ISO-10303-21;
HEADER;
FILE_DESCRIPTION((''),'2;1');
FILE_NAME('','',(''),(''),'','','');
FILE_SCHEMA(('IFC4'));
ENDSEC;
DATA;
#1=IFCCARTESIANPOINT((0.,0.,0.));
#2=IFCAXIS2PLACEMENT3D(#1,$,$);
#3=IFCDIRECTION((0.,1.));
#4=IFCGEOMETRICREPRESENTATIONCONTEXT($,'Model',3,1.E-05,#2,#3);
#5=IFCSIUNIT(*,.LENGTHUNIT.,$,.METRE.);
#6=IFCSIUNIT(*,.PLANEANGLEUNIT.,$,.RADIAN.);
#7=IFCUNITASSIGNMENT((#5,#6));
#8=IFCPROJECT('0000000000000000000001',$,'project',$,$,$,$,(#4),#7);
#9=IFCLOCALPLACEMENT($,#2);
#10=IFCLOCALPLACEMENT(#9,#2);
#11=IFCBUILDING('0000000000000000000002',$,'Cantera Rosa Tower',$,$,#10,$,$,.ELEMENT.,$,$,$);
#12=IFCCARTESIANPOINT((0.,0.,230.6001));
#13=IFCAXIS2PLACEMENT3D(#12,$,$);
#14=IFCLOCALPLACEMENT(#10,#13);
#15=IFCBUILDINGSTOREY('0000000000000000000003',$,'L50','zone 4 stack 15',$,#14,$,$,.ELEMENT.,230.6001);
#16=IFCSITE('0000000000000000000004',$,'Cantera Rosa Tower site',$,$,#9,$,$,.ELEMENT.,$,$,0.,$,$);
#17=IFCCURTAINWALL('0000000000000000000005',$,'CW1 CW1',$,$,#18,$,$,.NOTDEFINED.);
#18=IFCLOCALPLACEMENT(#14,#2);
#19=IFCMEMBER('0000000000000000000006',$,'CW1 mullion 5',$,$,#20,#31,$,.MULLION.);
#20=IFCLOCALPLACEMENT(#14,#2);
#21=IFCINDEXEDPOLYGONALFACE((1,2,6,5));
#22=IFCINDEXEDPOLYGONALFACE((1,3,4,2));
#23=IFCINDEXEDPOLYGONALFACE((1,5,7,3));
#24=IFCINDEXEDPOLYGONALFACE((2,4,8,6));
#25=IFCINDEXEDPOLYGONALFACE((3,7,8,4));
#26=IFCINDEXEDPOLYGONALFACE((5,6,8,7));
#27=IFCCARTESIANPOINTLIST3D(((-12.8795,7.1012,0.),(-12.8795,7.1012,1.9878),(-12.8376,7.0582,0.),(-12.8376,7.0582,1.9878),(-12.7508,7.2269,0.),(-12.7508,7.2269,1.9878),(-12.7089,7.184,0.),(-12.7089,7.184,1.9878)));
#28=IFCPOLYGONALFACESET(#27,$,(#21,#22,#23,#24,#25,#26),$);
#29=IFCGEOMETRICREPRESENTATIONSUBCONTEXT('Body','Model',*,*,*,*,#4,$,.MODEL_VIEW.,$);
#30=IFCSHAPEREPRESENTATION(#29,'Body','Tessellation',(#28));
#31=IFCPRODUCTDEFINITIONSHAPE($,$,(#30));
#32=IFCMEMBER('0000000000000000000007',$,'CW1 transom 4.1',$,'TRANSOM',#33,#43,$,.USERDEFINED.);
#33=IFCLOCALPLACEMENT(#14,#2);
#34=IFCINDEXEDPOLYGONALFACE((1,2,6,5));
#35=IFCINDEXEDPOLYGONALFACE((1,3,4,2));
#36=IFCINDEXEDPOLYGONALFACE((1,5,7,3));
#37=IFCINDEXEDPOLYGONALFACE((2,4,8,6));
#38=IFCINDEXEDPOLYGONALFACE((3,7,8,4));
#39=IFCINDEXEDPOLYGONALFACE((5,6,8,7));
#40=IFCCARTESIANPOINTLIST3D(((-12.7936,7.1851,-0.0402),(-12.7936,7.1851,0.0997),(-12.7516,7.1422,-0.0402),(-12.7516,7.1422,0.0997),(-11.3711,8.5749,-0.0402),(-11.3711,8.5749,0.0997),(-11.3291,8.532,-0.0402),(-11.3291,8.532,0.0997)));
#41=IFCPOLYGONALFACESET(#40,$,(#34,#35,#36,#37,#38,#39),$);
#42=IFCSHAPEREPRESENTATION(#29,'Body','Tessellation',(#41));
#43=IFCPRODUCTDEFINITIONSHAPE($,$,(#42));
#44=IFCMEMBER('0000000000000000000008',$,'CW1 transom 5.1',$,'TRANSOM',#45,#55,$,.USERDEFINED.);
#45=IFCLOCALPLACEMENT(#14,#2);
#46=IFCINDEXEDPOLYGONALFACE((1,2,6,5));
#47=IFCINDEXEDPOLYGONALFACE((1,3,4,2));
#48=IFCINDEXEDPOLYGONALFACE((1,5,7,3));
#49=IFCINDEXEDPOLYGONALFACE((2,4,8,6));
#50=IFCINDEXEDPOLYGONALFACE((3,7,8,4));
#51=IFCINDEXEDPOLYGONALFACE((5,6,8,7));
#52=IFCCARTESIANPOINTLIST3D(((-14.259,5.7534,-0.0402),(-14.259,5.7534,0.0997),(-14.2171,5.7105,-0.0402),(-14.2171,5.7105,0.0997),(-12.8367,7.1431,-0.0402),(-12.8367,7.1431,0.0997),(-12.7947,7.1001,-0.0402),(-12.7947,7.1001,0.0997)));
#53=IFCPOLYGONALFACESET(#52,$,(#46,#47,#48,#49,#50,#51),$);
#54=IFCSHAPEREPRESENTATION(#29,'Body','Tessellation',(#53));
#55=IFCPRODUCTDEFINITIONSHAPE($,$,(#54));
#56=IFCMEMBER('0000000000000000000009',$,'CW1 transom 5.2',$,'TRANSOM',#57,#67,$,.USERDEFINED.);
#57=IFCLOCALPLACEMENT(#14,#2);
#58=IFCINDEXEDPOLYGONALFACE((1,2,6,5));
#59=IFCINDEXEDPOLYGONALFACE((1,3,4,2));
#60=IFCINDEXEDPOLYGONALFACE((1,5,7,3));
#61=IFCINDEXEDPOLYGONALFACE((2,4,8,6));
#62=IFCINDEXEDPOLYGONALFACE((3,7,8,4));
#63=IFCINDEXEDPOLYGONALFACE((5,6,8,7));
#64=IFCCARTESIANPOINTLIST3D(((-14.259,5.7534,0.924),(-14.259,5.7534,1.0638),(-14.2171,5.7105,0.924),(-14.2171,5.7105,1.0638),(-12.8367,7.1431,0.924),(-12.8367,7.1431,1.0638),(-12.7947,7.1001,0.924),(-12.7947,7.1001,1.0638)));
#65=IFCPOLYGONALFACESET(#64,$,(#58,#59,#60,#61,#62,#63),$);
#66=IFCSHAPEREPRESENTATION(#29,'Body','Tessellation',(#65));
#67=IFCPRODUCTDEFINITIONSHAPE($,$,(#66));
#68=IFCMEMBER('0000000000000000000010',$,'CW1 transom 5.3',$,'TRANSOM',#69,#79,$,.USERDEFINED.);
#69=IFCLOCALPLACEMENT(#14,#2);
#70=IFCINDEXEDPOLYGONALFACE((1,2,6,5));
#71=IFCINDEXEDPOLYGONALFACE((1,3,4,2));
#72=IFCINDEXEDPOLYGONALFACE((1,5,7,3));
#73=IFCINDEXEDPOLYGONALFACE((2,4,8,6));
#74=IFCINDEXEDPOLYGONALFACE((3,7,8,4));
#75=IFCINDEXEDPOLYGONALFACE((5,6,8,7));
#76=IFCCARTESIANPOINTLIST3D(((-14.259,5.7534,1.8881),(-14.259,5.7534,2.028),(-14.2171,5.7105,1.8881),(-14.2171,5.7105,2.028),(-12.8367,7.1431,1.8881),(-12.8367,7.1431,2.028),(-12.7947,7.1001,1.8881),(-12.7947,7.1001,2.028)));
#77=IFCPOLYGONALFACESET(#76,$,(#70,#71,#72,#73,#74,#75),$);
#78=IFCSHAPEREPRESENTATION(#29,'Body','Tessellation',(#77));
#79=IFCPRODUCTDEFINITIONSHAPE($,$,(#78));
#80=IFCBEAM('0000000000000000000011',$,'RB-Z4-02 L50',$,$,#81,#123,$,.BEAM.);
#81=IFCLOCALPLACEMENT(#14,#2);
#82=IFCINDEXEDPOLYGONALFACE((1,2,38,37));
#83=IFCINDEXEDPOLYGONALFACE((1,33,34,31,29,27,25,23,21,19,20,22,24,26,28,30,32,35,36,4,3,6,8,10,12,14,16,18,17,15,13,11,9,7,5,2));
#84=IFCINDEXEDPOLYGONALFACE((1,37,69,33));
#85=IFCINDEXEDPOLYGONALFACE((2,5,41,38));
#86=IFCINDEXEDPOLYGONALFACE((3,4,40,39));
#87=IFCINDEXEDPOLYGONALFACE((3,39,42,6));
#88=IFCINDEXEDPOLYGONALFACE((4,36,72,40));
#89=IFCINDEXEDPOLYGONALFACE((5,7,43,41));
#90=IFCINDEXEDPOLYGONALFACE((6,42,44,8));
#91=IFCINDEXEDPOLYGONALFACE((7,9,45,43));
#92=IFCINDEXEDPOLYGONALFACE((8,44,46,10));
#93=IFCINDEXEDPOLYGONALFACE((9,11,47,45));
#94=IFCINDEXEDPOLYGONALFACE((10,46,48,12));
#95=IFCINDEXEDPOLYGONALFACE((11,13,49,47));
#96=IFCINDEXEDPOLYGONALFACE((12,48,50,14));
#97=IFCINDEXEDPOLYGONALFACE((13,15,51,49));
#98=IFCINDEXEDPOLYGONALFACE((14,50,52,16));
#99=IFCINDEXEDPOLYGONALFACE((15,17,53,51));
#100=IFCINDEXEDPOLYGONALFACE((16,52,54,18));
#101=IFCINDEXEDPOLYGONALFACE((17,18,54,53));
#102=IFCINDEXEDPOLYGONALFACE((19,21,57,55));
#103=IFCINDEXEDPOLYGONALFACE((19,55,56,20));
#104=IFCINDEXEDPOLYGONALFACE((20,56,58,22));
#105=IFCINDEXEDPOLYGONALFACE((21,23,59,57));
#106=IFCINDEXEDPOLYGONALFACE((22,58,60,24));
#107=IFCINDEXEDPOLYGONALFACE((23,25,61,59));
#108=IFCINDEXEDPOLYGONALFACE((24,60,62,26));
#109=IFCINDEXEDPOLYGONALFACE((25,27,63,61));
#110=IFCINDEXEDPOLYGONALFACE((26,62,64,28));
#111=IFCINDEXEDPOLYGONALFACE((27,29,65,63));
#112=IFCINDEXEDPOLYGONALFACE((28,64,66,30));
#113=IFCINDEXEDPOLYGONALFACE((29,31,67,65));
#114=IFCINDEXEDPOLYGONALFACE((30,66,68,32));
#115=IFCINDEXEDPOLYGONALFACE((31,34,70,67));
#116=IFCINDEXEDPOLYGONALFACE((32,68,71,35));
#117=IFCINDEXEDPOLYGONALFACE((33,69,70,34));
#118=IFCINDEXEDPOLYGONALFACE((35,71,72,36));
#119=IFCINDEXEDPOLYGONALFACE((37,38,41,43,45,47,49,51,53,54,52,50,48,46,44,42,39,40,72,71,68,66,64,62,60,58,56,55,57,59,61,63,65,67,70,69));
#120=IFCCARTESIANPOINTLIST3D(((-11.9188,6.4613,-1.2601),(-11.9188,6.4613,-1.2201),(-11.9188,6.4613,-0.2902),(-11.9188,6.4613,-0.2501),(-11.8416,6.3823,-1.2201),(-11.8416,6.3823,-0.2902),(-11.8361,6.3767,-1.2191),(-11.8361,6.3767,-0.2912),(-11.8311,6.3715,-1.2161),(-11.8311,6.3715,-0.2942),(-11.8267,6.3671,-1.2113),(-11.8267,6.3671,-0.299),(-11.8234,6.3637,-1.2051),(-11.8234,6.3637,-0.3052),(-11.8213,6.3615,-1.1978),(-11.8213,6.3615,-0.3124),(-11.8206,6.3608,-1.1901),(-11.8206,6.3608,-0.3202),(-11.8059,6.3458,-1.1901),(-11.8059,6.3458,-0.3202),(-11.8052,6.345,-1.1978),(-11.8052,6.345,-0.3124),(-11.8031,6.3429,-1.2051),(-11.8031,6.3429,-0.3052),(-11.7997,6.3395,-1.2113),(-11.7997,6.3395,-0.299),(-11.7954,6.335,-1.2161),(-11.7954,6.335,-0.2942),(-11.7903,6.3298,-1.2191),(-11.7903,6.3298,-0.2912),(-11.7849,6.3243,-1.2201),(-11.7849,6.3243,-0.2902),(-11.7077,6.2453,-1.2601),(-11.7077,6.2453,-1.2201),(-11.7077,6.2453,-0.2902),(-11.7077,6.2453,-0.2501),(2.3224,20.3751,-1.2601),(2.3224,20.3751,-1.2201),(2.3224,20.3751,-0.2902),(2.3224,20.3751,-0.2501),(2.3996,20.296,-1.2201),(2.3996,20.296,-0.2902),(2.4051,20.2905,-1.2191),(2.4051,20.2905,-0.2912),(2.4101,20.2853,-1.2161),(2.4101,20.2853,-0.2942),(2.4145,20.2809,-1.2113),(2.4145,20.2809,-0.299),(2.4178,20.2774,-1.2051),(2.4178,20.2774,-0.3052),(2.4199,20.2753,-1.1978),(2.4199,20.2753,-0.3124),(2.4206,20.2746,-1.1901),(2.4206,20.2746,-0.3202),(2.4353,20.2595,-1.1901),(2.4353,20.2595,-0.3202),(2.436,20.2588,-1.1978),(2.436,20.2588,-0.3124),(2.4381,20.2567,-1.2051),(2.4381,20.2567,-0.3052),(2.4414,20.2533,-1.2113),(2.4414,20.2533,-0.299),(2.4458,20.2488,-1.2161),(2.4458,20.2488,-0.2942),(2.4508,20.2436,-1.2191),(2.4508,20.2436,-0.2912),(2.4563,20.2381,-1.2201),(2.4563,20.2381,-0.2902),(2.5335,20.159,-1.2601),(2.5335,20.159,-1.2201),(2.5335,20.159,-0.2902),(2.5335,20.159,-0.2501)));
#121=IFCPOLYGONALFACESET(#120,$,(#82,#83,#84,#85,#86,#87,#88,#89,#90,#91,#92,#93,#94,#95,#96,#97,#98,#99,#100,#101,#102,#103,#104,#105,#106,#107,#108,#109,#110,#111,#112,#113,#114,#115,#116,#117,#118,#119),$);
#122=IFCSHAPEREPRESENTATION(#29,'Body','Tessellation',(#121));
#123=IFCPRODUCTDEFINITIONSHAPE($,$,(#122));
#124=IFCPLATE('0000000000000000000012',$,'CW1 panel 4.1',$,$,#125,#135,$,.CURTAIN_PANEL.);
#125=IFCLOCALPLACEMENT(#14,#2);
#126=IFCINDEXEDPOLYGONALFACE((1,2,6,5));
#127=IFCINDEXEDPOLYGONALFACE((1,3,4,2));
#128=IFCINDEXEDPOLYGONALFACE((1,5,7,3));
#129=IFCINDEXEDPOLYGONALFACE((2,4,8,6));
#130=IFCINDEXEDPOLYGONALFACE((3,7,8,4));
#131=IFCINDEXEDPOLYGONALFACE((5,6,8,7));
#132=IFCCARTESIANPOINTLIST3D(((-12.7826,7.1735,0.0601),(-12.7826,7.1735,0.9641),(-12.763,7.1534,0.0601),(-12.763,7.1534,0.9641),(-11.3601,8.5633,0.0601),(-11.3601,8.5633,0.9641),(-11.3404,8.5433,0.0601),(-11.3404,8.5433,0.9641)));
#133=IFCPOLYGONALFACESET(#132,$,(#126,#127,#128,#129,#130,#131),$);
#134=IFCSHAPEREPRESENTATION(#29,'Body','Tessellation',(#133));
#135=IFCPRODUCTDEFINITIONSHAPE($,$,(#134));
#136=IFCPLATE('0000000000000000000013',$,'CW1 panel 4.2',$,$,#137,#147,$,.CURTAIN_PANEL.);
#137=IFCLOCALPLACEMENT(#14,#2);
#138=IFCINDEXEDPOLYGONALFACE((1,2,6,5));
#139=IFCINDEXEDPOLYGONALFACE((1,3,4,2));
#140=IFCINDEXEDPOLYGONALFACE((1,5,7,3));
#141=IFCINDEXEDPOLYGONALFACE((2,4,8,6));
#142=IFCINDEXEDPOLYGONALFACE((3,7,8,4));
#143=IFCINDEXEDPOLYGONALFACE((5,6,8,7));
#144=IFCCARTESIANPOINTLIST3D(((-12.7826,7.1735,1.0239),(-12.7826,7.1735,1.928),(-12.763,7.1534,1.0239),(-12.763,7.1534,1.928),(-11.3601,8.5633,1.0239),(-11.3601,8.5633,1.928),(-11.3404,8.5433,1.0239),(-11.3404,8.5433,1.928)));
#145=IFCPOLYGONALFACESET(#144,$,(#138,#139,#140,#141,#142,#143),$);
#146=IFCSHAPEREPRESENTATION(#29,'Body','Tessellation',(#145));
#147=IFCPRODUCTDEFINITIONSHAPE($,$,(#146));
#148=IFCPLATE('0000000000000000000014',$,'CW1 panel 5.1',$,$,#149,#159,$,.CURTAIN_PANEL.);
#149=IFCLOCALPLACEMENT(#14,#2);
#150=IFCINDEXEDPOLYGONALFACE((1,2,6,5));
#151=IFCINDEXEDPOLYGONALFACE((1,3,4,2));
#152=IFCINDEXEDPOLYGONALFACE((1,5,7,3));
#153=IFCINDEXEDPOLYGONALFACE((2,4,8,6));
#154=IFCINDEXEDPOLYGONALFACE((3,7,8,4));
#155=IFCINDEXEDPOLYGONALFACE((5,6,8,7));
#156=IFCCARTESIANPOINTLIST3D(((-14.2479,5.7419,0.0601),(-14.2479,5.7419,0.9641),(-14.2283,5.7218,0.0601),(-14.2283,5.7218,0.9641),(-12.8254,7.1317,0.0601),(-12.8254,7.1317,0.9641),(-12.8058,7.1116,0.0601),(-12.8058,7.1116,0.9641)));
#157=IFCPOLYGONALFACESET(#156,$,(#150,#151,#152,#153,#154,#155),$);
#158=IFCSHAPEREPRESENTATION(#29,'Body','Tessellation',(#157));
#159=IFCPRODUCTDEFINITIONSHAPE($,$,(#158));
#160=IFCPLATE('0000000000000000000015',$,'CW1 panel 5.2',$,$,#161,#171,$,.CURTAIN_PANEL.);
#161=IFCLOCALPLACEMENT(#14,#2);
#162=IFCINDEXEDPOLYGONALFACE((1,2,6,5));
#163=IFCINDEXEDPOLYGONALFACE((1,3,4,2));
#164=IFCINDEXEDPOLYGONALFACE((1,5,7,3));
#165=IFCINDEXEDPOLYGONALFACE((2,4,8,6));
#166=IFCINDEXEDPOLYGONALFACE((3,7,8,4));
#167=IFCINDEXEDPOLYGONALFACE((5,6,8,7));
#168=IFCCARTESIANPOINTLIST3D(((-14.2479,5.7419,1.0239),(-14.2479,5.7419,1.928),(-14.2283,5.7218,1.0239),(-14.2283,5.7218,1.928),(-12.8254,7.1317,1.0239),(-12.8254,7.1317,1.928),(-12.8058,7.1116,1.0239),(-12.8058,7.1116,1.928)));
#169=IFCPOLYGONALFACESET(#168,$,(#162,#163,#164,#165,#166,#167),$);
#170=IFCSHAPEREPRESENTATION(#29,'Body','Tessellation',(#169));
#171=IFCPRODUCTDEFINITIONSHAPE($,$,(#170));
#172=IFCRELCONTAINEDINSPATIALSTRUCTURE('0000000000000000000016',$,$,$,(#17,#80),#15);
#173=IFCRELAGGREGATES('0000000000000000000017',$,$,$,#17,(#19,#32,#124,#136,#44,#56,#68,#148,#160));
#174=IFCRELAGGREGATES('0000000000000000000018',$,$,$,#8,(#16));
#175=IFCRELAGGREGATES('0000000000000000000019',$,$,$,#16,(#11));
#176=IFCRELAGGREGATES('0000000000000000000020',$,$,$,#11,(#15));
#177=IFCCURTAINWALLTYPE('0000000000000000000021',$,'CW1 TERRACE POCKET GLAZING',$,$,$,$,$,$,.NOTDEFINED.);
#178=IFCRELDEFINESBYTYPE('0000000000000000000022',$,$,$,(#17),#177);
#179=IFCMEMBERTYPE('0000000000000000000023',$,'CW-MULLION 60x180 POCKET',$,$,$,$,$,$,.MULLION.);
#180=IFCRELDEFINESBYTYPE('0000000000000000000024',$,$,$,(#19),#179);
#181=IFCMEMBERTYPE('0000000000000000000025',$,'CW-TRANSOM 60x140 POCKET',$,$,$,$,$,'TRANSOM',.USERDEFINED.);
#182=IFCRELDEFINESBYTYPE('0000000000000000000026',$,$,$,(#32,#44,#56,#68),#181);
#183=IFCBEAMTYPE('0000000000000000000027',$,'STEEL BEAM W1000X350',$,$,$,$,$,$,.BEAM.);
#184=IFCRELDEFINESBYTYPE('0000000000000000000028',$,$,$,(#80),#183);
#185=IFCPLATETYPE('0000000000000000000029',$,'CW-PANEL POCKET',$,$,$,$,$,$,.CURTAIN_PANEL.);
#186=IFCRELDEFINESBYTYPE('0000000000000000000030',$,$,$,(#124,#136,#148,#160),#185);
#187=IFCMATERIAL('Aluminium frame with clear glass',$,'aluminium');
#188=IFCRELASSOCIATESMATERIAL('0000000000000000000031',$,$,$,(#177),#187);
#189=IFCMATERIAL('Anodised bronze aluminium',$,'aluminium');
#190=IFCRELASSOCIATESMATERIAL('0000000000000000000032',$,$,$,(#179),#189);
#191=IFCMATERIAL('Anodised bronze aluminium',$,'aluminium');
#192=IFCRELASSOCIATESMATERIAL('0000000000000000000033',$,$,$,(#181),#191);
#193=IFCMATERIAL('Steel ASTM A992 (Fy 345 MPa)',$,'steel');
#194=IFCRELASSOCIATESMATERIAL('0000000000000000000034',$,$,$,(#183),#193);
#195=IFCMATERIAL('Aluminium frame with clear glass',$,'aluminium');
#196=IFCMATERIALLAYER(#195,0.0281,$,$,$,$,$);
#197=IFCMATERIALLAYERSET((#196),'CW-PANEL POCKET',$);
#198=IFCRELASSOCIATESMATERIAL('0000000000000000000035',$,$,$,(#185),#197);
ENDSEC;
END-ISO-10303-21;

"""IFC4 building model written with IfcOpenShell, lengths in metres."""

from ifc_helpers import new_model, si_unit, direction, frame, origin, origin_2d, place, context, subcontext, project, spatial, rectangle, i_section, extrude, material, layer, layer_set, material_profile, profile_set, type_object, element, aggregate, save


model = new_model("IFC4")

# Units and contexts
model_context = context("Model", 3, precision=1e-05, world=origin(), true_north=direction((0.0, 1.0)))
body_context = subcontext(model_context, "Body", "Model", "MODEL_VIEW")
ifc_project = project(units=[si_unit("LENGTHUNIT", "METRE"), si_unit("PLANEANGLEUNIT", "RADIAN")], contexts=[model_context])

# Site, building, storey
site_placement = place(None, origin())
site = spatial("IfcSite", under=ifc_project, at=site_placement, Name="Cantera Rosa Tower site", CompositionType="ELEMENT", RefElevation=0.0)
building_placement = place(site_placement, origin())
building = spatial("IfcBuilding", under=site, at=building_placement, Name="Cantera Rosa Tower", CompositionType="ELEMENT")
storey_placement = place(building_placement, frame((0.0, 0.0, 230.6001)))
storey = spatial("IfcBuildingStorey", under=building, at=storey_placement, Name="L50", Description="zone 4 stack 15", CompositionType="ELEMENT", Elevation=230.6001)

# Curtain wall, members
ifc_material_1 = material(Name="Aluminium frame with clear glass", Category="aluminium")
curtain_wall_type = type_object("IfcCurtainWallType", Name="CW1 TERRACE POCKET GLAZING", PredefinedType="NOTDEFINED", material=ifc_material_1)
curtain_wall_placement = place(storey_placement, origin())
curtain_wall = element("IfcCurtainWall", 1, at=curtain_wall_placement, inside=storey, type_object=curtain_wall_type, Name="CW1 CW1", PredefinedType="NOTDEFINED")
ifc_material_2 = material(Name="Anodised bronze aluminium", Category="aluminium")
ifc_material_profile_1 = material_profile(ifc_material_2, rectangle(XDim=0.0601, YDim=0.1799, at=origin_2d()), Name="CW-MULLION 60x180 POCKET")
ifc_profile_set_1 = profile_set([ifc_material_profile_1], Name="Anodised bronze aluminium")
member_type_1 = type_object("IfcMemberType", Name="CW-MULLION 60x180 POCKET", PredefinedType="MULLION", material=ifc_profile_set_1)
member_1_placement = place(storey_placement, frame((-12.7942, 7.1426, 0.0), z_axis=(0.0, 0.0, 1.0), x_axis=(0.698832, -0.715286, 0.0)))
member_1 = element("IfcMember", 2, at=member_1_placement, type_object=member_type_1, Name="CW1 mullion 5", PredefinedType="MULLION", context=body_context, shape_type="SweptSolid", body=[
    extrude(rectangle(XDim=0.0601, YDim=0.1799, at=origin_2d()), origin(), (0.0, 0.0, 1.0), 1.9878),
])
ifc_material_3 = material(Name="Anodised bronze aluminium", Category="aluminium")
ifc_material_profile_2 = material_profile(ifc_material_3, rectangle(XDim=0.0601, YDim=0.1399, at=origin_2d()), Name="CW-TRANSOM 60x140 POCKET")
ifc_profile_set_2 = profile_set([ifc_material_profile_2], Name="Anodised bronze aluminium")
member_type_2 = type_object("IfcMemberType", Name="CW-TRANSOM 60x140 POCKET", ElementType="TRANSOM", PredefinedType="USERDEFINED", material=ifc_profile_set_2)
member_2_placement = place(storey_placement, frame((-11.3501, 8.5535, 0.0298), z_axis=(-0.715283, -0.698834, 0.0), x_axis=(0.698834, -0.715283, 0.0)))
member_2 = element("IfcMember", 3, at=member_2_placement, type_object=member_type_2, Name="CW1 transom 4.1", ObjectType="TRANSOM", PredefinedType="USERDEFINED", context=body_context, shape_type="SweptSolid", body=[
    extrude(rectangle(XDim=0.0601, YDim=0.1399, at=origin_2d()), origin(), (0.0, 0.0, 1.0), 1.9888),
])
member_3_placement = place(storey_placement, frame((-12.8157, 7.1216, 0.0298), z_axis=(-0.715285, -0.698833, 0.0), x_axis=(0.698833, -0.715285, 0.0)))
member_3 = element("IfcMember", 4, at=member_3_placement, type_object=member_type_2, Name="CW1 transom 5.1", ObjectType="TRANSOM", PredefinedType="USERDEFINED", context=body_context, shape_type="SweptSolid", body=[
    extrude(rectangle(XDim=0.0601, YDim=0.1399, at=origin_2d()), origin(), (0.0, 0.0, 1.0), 1.9885),
])
member_4_placement = place(storey_placement, frame((-12.8157, 7.1216, 0.9939), z_axis=(-0.715285, -0.698833, 0.0), x_axis=(0.698833, -0.715285, 0.0)))
member_4 = element("IfcMember", 5, at=member_4_placement, type_object=member_type_2, Name="CW1 transom 5.2", ObjectType="TRANSOM", PredefinedType="USERDEFINED", context=body_context, shape_type="SweptSolid", body=[
    extrude(rectangle(XDim=0.0601, YDim=0.1399, at=origin_2d()), origin(), (0.0, 0.0, 1.0), 1.9885),
])
member_5_placement = place(storey_placement, frame((-12.8157, 7.1216, 1.958), z_axis=(-0.715285, -0.698833, 0.0), x_axis=(0.698833, -0.715285, 0.0)))
member_5 = element("IfcMember", 6, at=member_5_placement, type_object=member_type_2, Name="CW1 transom 5.3", ObjectType="TRANSOM", PredefinedType="USERDEFINED", context=body_context, shape_type="SweptSolid", body=[
    extrude(rectangle(XDim=0.0601, YDim=0.1399, at=origin_2d()), origin(), (0.0, 0.0, 1.0), 1.9885),
])

# Beam
ifc_material_4 = material(Name="Steel ASTM A992 (Fy 345 MPa)", Category="steel")
ifc_material_profile_3 = material_profile(ifc_material_4, i_section(OverallWidth=0.302, OverallDepth=1.01, WebThickness=0.021, FlangeThickness=0.04, FilletRadius=0.03, at=origin_2d()), Name="W1000X350")
ifc_profile_set_3 = profile_set([ifc_material_profile_3], Name="Steel ASTM A992 (Fy 345 MPa)")
beam_type = type_object("IfcBeamType", Name="STEEL BEAM W1000X350", PredefinedType="BEAM", material=ifc_profile_set_3)
beam_placement = place(storey_placement, frame((-11.8132, 6.3533, -0.7551), z_axis=(0.715281, 0.698837, 0.0), x_axis=(-0.698837, 0.715281, 0.0)))
element("IfcBeam", 7, at=beam_placement, inside=storey, type_object=beam_type, Name="RB-Z4-02 L50", PredefinedType="BEAM", context=body_context, shape_type="SweptSolid", body=[
    extrude(i_section(OverallWidth=0.302, OverallDepth=1.01, WebThickness=0.021, FlangeThickness=0.04, FilletRadius=0.03, at=origin_2d()), origin(), (0.0, 0.0, 1.0), 19.9099),
])

# Plates
ifc_material_5 = material(Name="Aluminium frame with clear glass", Category="aluminium")
ifc_layer_1 = layer(ifc_material_5, 0.0281)
ifc_layer_set_1 = layer_set([ifc_layer_1], Name="CW-PANEL POCKET")
plate_type = type_object("IfcPlateType", Name="CW-PANEL POCKET", PredefinedType="CURTAIN_PANEL", material=ifc_layer_set_1)
plate_1_placement = place(storey_placement, frame((-12.0615, 7.8584, 0.0601), z_axis=(0.0, 0.0, 1.0), x_axis=(-0.715286, -0.698832, 0.0)))
plate_1 = element("IfcPlate", 8, at=plate_1_placement, type_object=plate_type, Name="CW1 panel 4.1", PredefinedType="CURTAIN_PANEL", context=body_context, shape_type="SweptSolid", body=[
    extrude(rectangle(XDim=1.9888, YDim=0.0281, at=origin_2d()), origin(), (0.0, 0.0, 1.0), 0.9041),
])
plate_2_placement = place(storey_placement, frame((-12.0615, 7.8584, 1.0239), z_axis=(0.0, 0.0, 1.0), x_axis=(-0.715286, -0.698832, 0.0)))
plate_2 = element("IfcPlate", 9, at=plate_2_placement, type_object=plate_type, Name="CW1 panel 4.2", PredefinedType="CURTAIN_PANEL", context=body_context, shape_type="SweptSolid", body=[
    extrude(rectangle(XDim=1.9888, YDim=0.0281, at=origin_2d()), origin(), (0.0, 0.0, 1.0), 0.9041),
])
plate_3_placement = place(storey_placement, frame((-13.5269, 6.4268, 0.0601), z_axis=(0.0, 0.0, 1.0), x_axis=(-0.715286, -0.698832, 0.0)))
plate_3 = element("IfcPlate", 10, at=plate_3_placement, type_object=plate_type, Name="CW1 panel 5.1", PredefinedType="CURTAIN_PANEL", context=body_context, shape_type="SweptSolid", body=[
    extrude(rectangle(XDim=1.9888, YDim=0.0281, at=origin_2d()), origin(), (0.0, 0.0, 1.0), 0.9041),
])
plate_4_placement = place(storey_placement, frame((-13.5269, 6.4268, 1.0239), z_axis=(0.0, 0.0, 1.0), x_axis=(-0.715286, -0.698832, 0.0)))
plate_4 = element("IfcPlate", 11, at=plate_4_placement, type_object=plate_type, Name="CW1 panel 5.2", PredefinedType="CURTAIN_PANEL", context=body_context, shape_type="SweptSolid", body=[
    extrude(rectangle(XDim=1.9888, YDim=0.0281, at=origin_2d()), origin(), (0.0, 0.0, 1.0), 0.9041),
])
aggregate(curtain_wall, [member_1, member_2, plate_1, plate_2, member_3, member_4, member_5, plate_3, plate_4])

save(model, "model.ifc")
